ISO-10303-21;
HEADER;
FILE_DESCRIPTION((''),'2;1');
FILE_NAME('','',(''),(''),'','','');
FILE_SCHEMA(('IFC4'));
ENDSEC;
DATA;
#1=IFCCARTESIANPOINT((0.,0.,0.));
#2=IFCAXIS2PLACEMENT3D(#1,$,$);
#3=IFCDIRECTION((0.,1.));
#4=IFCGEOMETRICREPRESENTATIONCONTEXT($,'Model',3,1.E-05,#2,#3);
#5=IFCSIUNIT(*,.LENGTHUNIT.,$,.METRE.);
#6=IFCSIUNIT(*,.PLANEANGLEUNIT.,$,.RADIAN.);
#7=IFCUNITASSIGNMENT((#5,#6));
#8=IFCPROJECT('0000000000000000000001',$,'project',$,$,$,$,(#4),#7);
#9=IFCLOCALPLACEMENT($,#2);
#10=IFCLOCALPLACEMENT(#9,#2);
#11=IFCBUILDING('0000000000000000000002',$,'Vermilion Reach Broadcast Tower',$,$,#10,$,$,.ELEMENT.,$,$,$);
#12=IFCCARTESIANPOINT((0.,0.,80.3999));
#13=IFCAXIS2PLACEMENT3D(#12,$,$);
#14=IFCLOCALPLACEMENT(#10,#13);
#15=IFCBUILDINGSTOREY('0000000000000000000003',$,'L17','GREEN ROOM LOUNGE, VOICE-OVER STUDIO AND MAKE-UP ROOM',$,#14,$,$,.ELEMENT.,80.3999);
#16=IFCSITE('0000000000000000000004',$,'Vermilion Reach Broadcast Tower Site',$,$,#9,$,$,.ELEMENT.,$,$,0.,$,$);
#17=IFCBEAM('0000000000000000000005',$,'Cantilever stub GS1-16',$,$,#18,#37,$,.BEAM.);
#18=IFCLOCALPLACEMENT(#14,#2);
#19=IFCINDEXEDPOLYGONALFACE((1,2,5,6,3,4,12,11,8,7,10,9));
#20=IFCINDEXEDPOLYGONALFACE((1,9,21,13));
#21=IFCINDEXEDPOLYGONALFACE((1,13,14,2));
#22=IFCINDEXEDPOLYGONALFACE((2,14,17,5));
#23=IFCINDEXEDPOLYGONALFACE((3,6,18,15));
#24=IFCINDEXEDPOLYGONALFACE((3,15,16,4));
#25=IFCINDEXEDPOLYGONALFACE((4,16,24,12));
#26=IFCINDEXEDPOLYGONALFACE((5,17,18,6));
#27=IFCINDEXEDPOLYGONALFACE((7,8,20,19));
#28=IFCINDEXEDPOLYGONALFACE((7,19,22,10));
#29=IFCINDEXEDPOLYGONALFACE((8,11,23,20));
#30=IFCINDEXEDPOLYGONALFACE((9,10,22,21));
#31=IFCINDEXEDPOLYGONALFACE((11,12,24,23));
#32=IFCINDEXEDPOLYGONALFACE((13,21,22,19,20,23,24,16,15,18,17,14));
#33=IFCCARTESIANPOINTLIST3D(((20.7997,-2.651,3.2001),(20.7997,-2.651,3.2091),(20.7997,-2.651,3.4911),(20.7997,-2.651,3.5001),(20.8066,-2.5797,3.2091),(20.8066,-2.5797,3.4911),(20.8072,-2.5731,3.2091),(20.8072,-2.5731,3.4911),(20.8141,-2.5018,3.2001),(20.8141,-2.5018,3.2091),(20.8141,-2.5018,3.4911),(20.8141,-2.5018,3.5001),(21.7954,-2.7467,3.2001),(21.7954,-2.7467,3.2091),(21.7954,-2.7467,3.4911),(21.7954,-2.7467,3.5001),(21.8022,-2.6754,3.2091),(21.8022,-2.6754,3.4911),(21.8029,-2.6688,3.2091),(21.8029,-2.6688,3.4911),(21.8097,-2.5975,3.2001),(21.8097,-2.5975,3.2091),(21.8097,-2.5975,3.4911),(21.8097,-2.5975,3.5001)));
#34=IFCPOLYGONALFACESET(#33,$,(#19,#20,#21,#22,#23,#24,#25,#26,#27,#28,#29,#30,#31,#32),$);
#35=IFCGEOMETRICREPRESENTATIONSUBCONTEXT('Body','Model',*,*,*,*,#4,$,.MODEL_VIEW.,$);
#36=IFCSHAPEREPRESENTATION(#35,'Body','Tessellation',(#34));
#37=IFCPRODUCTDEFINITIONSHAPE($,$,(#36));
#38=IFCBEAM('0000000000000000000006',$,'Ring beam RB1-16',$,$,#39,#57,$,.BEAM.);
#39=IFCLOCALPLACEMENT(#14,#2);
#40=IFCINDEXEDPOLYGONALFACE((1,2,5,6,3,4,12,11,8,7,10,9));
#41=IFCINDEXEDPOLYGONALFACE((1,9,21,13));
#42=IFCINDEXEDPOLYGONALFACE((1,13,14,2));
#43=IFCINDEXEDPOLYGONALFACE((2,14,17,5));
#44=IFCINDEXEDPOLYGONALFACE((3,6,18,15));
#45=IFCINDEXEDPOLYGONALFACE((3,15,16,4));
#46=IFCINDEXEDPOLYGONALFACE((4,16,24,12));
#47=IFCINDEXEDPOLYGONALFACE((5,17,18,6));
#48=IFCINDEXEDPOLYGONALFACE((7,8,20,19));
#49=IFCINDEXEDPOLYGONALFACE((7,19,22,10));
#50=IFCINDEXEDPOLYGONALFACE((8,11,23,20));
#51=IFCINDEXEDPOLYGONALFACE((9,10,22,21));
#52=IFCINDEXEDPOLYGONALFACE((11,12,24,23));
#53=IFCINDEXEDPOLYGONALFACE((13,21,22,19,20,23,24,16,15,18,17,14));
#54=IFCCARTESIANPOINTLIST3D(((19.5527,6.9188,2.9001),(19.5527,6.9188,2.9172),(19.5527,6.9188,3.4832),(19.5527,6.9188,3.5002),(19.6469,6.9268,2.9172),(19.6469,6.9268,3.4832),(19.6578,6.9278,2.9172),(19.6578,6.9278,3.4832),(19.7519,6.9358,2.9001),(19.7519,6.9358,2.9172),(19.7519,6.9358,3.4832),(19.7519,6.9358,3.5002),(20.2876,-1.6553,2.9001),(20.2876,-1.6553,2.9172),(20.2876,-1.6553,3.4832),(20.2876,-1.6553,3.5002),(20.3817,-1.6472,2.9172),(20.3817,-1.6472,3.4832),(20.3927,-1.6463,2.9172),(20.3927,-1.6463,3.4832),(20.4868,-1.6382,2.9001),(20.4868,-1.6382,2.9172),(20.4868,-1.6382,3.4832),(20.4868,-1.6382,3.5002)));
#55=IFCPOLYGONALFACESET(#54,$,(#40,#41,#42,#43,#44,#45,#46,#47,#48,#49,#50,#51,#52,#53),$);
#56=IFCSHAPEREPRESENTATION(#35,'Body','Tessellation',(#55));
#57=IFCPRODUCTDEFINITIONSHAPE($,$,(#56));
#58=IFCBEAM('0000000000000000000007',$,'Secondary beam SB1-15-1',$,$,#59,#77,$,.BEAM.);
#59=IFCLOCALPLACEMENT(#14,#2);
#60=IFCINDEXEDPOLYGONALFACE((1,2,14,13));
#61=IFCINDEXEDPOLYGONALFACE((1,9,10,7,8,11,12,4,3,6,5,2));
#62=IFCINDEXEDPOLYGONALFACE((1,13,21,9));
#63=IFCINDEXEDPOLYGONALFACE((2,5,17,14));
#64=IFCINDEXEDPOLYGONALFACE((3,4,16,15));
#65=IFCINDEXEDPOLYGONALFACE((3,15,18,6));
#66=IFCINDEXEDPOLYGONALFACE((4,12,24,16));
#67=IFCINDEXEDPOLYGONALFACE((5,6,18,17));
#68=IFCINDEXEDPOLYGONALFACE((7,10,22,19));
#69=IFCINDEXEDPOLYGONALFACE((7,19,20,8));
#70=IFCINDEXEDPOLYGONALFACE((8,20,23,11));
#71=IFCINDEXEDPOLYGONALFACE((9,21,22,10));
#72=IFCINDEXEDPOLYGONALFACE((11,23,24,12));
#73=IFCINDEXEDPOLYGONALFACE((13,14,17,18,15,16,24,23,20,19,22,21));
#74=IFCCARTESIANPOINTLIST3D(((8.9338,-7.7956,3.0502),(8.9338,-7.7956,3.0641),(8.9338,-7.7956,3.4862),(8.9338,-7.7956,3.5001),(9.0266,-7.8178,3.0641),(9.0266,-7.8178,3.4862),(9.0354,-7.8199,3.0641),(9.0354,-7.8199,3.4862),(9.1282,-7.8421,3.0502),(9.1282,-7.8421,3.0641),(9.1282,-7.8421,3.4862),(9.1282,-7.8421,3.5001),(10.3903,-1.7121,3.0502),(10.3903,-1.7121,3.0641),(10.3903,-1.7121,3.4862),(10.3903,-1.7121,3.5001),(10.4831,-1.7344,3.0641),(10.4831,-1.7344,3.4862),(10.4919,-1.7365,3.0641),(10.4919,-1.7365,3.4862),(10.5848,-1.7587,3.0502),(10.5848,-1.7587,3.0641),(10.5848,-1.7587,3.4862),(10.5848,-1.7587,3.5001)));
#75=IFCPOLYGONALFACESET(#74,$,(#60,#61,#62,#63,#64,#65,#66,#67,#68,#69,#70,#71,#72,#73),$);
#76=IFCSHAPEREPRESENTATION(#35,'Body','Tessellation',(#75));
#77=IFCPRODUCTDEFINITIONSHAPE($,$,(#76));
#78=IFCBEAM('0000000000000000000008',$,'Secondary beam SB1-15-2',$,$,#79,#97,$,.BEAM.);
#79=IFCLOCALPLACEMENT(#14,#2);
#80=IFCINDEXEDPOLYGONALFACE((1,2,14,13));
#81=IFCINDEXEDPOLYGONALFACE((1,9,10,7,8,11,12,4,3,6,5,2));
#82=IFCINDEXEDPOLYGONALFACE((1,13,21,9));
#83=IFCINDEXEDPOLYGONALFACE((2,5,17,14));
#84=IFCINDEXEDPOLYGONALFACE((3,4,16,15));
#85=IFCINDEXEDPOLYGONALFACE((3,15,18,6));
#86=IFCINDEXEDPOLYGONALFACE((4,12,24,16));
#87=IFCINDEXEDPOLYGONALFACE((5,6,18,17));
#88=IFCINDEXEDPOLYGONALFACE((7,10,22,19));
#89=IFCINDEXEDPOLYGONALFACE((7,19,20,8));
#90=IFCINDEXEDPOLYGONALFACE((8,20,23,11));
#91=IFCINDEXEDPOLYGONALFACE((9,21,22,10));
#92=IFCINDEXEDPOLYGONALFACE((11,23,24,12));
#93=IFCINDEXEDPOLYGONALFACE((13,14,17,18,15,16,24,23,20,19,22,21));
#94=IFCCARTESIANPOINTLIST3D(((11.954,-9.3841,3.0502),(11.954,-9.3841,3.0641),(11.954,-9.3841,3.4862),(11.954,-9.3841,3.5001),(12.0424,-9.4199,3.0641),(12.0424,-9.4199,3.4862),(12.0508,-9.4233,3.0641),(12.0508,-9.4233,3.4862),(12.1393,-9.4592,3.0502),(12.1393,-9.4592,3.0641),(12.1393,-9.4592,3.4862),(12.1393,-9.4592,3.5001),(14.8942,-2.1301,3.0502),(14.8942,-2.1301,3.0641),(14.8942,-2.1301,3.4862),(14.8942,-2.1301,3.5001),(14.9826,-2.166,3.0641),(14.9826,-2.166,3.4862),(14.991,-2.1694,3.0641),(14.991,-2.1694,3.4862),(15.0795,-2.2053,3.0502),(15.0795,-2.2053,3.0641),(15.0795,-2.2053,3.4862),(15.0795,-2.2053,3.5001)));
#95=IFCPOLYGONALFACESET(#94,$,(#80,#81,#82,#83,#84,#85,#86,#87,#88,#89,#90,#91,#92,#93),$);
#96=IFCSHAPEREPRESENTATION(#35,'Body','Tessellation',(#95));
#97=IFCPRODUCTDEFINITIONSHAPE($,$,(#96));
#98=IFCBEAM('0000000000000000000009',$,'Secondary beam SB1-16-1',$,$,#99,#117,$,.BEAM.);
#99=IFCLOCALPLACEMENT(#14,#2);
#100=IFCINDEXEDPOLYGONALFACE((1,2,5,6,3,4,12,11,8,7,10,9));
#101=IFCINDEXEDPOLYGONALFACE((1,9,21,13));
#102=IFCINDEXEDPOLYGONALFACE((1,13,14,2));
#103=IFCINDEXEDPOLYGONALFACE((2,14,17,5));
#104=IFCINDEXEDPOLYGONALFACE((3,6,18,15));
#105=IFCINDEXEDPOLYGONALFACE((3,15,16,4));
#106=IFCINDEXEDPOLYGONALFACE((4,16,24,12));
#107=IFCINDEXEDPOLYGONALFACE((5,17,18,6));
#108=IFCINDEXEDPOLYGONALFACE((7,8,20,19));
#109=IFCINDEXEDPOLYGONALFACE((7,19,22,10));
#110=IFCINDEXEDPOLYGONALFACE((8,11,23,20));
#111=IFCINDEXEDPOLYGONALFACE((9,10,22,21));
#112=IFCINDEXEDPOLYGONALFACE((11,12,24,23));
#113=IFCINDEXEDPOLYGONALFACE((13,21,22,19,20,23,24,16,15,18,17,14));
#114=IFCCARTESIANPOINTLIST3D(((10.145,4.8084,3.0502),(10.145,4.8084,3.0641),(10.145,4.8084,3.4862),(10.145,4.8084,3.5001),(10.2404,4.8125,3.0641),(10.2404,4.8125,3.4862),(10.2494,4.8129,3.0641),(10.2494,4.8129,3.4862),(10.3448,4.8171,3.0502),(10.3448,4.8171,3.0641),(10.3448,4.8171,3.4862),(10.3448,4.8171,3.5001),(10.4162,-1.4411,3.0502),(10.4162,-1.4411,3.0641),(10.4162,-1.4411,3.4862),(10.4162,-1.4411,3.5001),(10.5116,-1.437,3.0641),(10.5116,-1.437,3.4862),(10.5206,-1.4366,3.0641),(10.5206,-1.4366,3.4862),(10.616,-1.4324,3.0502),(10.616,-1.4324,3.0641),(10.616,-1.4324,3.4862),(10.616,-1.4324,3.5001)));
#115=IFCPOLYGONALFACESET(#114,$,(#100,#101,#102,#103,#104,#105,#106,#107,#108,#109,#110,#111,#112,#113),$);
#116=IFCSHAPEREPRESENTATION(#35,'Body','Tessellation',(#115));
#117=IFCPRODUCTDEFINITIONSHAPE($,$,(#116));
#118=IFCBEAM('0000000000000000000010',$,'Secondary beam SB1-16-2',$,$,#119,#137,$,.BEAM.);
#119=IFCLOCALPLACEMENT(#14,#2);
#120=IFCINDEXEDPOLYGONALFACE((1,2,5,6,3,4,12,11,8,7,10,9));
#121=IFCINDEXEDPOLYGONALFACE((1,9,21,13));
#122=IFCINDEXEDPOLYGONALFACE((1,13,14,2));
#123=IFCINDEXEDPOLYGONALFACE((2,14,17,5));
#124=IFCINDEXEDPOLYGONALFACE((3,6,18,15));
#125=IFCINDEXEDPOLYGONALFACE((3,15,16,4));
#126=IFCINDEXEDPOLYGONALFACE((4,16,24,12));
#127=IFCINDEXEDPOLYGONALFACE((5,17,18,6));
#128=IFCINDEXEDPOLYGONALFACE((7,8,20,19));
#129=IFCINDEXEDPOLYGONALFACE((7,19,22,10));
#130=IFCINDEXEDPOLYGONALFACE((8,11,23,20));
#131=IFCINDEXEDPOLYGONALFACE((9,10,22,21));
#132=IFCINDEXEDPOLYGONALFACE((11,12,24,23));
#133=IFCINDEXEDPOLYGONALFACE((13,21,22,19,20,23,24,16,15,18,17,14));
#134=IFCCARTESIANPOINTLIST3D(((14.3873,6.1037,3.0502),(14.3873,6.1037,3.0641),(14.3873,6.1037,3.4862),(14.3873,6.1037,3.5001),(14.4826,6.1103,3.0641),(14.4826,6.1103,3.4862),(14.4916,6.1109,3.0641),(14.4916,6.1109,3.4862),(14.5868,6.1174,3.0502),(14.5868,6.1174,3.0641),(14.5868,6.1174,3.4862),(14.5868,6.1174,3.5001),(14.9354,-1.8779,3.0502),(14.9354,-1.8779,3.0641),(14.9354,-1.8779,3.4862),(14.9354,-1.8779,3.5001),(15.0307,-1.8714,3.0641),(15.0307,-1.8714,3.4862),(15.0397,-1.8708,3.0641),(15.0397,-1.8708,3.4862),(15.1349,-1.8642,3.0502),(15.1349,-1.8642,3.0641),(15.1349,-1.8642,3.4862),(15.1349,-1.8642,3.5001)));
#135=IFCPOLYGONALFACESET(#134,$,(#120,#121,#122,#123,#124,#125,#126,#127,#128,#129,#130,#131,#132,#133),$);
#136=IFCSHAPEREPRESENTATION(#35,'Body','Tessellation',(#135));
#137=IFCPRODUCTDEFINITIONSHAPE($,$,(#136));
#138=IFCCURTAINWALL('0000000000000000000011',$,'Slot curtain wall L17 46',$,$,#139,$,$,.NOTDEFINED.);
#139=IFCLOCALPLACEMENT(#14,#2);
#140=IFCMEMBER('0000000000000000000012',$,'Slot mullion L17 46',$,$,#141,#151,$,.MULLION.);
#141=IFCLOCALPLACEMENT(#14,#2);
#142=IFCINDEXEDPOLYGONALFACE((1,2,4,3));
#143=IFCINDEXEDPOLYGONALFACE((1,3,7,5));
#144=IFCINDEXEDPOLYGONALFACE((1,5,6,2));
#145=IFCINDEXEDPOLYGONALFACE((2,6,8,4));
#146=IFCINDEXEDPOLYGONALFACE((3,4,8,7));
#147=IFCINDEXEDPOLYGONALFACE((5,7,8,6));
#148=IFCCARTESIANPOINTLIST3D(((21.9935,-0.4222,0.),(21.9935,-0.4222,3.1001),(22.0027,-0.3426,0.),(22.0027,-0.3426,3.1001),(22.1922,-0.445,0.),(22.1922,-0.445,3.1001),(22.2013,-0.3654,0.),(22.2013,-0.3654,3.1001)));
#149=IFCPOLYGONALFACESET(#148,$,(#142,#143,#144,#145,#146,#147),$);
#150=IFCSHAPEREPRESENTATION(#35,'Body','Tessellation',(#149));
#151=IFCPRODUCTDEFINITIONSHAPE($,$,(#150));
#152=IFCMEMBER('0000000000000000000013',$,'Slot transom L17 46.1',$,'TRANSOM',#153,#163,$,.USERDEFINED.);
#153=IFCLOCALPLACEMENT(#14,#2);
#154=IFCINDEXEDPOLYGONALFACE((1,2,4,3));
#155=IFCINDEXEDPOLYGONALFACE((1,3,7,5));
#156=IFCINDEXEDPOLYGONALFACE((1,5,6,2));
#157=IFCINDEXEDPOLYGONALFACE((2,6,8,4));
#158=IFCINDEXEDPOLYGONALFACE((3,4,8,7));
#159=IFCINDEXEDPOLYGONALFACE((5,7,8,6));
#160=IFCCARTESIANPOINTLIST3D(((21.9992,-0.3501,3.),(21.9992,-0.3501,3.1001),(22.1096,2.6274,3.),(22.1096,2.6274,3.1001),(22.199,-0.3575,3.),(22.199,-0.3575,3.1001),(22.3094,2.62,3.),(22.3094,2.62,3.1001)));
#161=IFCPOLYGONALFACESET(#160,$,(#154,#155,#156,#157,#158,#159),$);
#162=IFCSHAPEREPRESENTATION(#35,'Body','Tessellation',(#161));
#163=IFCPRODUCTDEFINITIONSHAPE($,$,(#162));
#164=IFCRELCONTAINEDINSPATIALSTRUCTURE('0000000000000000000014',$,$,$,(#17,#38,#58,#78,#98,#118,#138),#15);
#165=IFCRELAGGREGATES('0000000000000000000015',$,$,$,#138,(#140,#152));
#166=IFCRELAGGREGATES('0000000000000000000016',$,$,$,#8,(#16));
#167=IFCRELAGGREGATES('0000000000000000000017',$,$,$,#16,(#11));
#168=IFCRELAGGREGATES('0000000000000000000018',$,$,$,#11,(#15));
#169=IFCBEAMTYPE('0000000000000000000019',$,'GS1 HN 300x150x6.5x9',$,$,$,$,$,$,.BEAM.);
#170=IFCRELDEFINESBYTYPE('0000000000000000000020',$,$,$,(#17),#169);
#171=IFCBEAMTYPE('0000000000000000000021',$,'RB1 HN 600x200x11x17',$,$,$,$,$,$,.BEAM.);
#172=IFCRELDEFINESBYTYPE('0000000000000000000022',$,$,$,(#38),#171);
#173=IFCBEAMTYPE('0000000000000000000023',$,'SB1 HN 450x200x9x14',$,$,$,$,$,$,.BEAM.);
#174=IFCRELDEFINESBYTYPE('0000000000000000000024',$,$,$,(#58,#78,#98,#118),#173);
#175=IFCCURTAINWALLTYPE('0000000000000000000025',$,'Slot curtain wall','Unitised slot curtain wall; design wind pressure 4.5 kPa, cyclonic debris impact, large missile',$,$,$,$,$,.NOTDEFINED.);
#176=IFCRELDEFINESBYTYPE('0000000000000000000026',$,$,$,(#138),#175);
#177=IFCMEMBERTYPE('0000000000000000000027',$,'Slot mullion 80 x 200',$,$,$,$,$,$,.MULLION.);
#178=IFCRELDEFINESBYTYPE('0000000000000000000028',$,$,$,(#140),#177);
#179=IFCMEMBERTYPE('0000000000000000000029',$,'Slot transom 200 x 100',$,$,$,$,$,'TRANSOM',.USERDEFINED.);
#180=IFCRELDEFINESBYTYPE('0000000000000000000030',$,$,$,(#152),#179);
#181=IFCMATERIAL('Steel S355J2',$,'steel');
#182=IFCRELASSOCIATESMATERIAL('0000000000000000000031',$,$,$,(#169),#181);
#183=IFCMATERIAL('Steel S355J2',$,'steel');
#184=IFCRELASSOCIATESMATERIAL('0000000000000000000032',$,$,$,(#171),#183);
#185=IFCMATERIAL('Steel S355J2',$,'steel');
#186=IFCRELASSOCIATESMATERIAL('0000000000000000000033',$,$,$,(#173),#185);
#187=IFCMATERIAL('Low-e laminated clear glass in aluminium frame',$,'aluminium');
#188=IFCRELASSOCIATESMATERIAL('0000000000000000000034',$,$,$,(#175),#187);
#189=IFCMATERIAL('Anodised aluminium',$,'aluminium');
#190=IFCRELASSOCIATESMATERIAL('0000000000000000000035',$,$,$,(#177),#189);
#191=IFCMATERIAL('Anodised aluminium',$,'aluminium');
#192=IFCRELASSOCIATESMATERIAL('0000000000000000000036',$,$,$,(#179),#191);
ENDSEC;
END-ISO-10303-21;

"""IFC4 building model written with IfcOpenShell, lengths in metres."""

from ifc_helpers import new_model, si_unit, direction, frame, origin, origin_2d, place, context, subcontext, project, spatial, rectangle, i_section, extrude, material, material_profile, profile_set, type_object, element, aggregate, save


model = new_model("IFC4")

# Units and contexts
model_context = context("Model", 3, precision=1e-05, world=origin(), true_north=direction((0.0, 1.0)))
body_context = subcontext(model_context, "Body", "Model", "MODEL_VIEW")
ifc_project = project(units=[si_unit("LENGTHUNIT", "METRE"), si_unit("PLANEANGLEUNIT", "RADIAN")], contexts=[model_context])

# Site, building, storey
site_placement = place(None, origin())
site = spatial("IfcSite", under=ifc_project, at=site_placement, Name="Vermilion Reach Broadcast Tower Site", CompositionType="ELEMENT", RefElevation=0.0)
building_placement = place(site_placement, origin())
building = spatial("IfcBuilding", under=site, at=building_placement, Name="Vermilion Reach Broadcast Tower", CompositionType="ELEMENT")
storey_placement = place(building_placement, frame((0.0, 0.0, 80.3999)))
storey = spatial("IfcBuildingStorey", under=building, at=storey_placement, Name="L17", Description="GREEN ROOM LOUNGE, VOICE-OVER STUDIO AND MAKE-UP ROOM", CompositionType="ELEMENT", Elevation=80.3999)

# Beams
ifc_material_1 = material(Name="Steel S355J2", Category="steel")
ifc_material_profile_1 = material_profile(ifc_material_1, i_section(OverallWidth=0.1499, OverallDepth=0.3, WebThickness=0.0066, FlangeThickness=0.009, at=origin_2d()), Name="S355J2 HN 300x150x6.5x9")
ifc_profile_set_1 = profile_set([ifc_material_profile_1], Name="Steel S355J2")
beam_type_1 = type_object("IfcBeamType", Name="GS1 HN 300x150x6.5x9", PredefinedType="BEAM", material=ifc_profile_set_1)
beam_1_placement = place(storey_placement, frame((20.8069, -2.5764, 3.3501), z_axis=(0.995412, -0.095685, 0.0), x_axis=(0.095685, 0.995412, 0.0)))
element("IfcBeam", 1, at=beam_1_placement, inside=storey, type_object=beam_type_1, Name="Cantilever stub GS1-16", PredefinedType="BEAM", context=body_context, shape_type="SweptSolid", body=[
    extrude(i_section(OverallWidth=0.1499, OverallDepth=0.3, WebThickness=0.0066, FlangeThickness=0.009, at=origin_2d()), origin(), (0.0, 0.0, 1.0), 1.0002),
])
ifc_material_2 = material(Name="Steel S355J2", Category="steel")
ifc_material_profile_2 = material_profile(ifc_material_2, i_section(OverallWidth=0.2, OverallDepth=0.6001, WebThickness=0.011, FlangeThickness=0.0171, at=origin_2d()), Name="S355J2 HN 600x200x11x17")
ifc_profile_set_2 = profile_set([ifc_material_profile_2], Name="Steel S355J2")
beam_type_2 = type_object("IfcBeamType", Name="RB1 HN 600x200x11x17", PredefinedType="BEAM", material=ifc_profile_set_2)
beam_2_placement = place(storey_placement, frame((20.3872, -1.6467, 3.2002), z_axis=(-0.085396, 0.996347, 0.0), x_axis=(-0.996347, -0.085396, 0.0)))
element("IfcBeam", 2, at=beam_2_placement, inside=storey, type_object=beam_type_2, Name="Ring beam RB1-16", PredefinedType="BEAM", context=body_context, shape_type="SweptSolid", body=[
    extrude(i_section(OverallWidth=0.2, OverallDepth=0.6001, WebThickness=0.011, FlangeThickness=0.0171, at=origin_2d()), origin(), (0.0, 0.0, 1.0), 8.6055),
])
ifc_material_3 = material(Name="Steel S355J2", Category="steel")
ifc_material_profile_3 = material_profile(ifc_material_3, i_section(OverallWidth=0.2, OverallDepth=0.45, WebThickness=0.009, FlangeThickness=0.0139, at=origin_2d()), Name="S355J2 HN 450x200x9x14")
ifc_profile_set_3 = profile_set([ifc_material_profile_3], Name="Steel S355J2")
beam_type_3 = type_object("IfcBeamType", Name="SB1 HN 450x200x9x14", PredefinedType="BEAM", material=ifc_profile_set_3)
beam_3_placement = place(storey_placement, frame((9.031, -7.8188, 3.2751), z_axis=(0.232844, 0.972514, 0.0), x_axis=(-0.972514, 0.232844, 0.0)))
element("IfcBeam", 3, at=beam_3_placement, inside=storey, type_object=beam_type_3, Name="Secondary beam SB1-15-1", PredefinedType="BEAM", context=body_context, shape_type="SweptSolid", body=[
    extrude(i_section(OverallWidth=0.2, OverallDepth=0.45, WebThickness=0.009, FlangeThickness=0.0139, at=origin_2d()), origin(), (0.0, 0.0, 1.0), 6.2554),
])
beam_4_placement = place(storey_placement, frame((12.0466, -9.4216, 3.2751), z_axis=(0.375641, 0.926765, 0.0), x_axis=(-0.926765, 0.375641, 0.0)))
element("IfcBeam", 4, at=beam_4_placement, inside=storey, type_object=beam_type_3, Name="Secondary beam SB1-15-2", PredefinedType="BEAM", context=body_context, shape_type="SweptSolid", body=[
    extrude(i_section(OverallWidth=0.2, OverallDepth=0.45, WebThickness=0.009, FlangeThickness=0.0139, at=origin_2d()), origin(), (0.0, 0.0, 1.0), 7.8271),
])
beam_5_placement = place(storey_placement, frame((10.5161, -1.4368, 3.2751), z_axis=(-0.043361, 0.999059, 0.0), x_axis=(-0.999059, -0.043361, 0.0)))
element("IfcBeam", 5, at=beam_5_placement, inside=storey, type_object=beam_type_3, Name="Secondary beam SB1-16-1", PredefinedType="BEAM", context=body_context, shape_type="SweptSolid", body=[
    extrude(i_section(OverallWidth=0.2, OverallDepth=0.45, WebThickness=0.009, FlangeThickness=0.0139, at=origin_2d()), origin(), (0.0, 0.0, 1.0), 6.2554),
])
beam_6_placement = place(storey_placement, frame((15.0352, -1.8711, 3.2751), z_axis=(-0.068508, 0.997651, 0.0), x_axis=(-0.997651, -0.068508, 0.0)))
element("IfcBeam", 6, at=beam_6_placement, inside=storey, type_object=beam_type_3, Name="Secondary beam SB1-16-2", PredefinedType="BEAM", context=body_context, shape_type="SweptSolid", body=[
    extrude(i_section(OverallWidth=0.2, OverallDepth=0.45, WebThickness=0.009, FlangeThickness=0.0139, at=origin_2d()), origin(), (0.0, 0.0, 1.0), 8.0005),
])

# Curtain wall, members
ifc_material_4 = material(Name="Low-e laminated clear glass in aluminium frame", Category="aluminium")
curtain_wall_type = type_object("IfcCurtainWallType", Name="Slot curtain wall", Description="Unitised slot curtain wall; design wind pressure 4.5 kPa, cyclonic debris impact, large missile", PredefinedType="NOTDEFINED", material=ifc_material_4)
curtain_wall_placement = place(storey_placement, origin())
curtain_wall = element("IfcCurtainWall", 7, at=curtain_wall_placement, inside=storey, type_object=curtain_wall_type, Name="Slot curtain wall L17 46", PredefinedType="NOTDEFINED")
ifc_material_5 = material(Name="Anodised aluminium", Category="aluminium")
ifc_material_profile_4 = material_profile(ifc_material_5, rectangle(XDim=0.2, YDim=0.0801, at=origin_2d()), Name="Slot mullion 80 x 200")
ifc_profile_set_4 = profile_set([ifc_material_profile_4], Name="Anodised aluminium")
member_type_1 = type_object("IfcMemberType", Name="Slot mullion 80 x 200", PredefinedType="MULLION", material=ifc_profile_set_4)
member_1_placement = place(storey_placement, frame((22.0974, -0.3938, 0.0), z_axis=(0.0, 0.0, 1.0), x_axis=(-0.993466, 0.11413, 0.0)))
member_1 = element("IfcMember", 8, at=member_1_placement, type_object=member_type_1, Name="Slot mullion L17 46", PredefinedType="MULLION", context=body_context, shape_type="SweptSolid", body=[
    extrude(rectangle(XDim=0.2, YDim=0.0801, at=origin_2d()), origin(), (0.0, 0.0, 1.0), 3.1001),
])
ifc_material_6 = material(Name="Anodised aluminium", Category="aluminium")
ifc_material_profile_5 = material_profile(ifc_material_6, rectangle(XDim=0.2, YDim=0.1001, at=origin_2d()), Name="Slot transom 200 x 100")
ifc_profile_set_5 = profile_set([ifc_material_profile_5], Name="Anodised aluminium")
member_type_2 = type_object("IfcMemberType", Name="Slot transom 200 x 100", ElementType="TRANSOM", PredefinedType="USERDEFINED", material=ifc_profile_set_5)
member_2_placement = place(storey_placement, frame((22.0991, -0.3538, 3.05), z_axis=(0.037036, 0.999314, 0.0), x_axis=(-0.999314, 0.037036, 0.0)))
member_2 = element("IfcMember", 9, at=member_2_placement, type_object=member_type_2, Name="Slot transom L17 46.1", ObjectType="TRANSOM", PredefinedType="USERDEFINED", context=body_context, shape_type="SweptSolid", body=[
    extrude(rectangle(XDim=0.2, YDim=0.1001, at=origin_2d()), origin(), (0.0, 0.0, 1.0), 2.9795),
])
aggregate(curtain_wall, [member_1, member_2])

save(model, "model.ifc")
